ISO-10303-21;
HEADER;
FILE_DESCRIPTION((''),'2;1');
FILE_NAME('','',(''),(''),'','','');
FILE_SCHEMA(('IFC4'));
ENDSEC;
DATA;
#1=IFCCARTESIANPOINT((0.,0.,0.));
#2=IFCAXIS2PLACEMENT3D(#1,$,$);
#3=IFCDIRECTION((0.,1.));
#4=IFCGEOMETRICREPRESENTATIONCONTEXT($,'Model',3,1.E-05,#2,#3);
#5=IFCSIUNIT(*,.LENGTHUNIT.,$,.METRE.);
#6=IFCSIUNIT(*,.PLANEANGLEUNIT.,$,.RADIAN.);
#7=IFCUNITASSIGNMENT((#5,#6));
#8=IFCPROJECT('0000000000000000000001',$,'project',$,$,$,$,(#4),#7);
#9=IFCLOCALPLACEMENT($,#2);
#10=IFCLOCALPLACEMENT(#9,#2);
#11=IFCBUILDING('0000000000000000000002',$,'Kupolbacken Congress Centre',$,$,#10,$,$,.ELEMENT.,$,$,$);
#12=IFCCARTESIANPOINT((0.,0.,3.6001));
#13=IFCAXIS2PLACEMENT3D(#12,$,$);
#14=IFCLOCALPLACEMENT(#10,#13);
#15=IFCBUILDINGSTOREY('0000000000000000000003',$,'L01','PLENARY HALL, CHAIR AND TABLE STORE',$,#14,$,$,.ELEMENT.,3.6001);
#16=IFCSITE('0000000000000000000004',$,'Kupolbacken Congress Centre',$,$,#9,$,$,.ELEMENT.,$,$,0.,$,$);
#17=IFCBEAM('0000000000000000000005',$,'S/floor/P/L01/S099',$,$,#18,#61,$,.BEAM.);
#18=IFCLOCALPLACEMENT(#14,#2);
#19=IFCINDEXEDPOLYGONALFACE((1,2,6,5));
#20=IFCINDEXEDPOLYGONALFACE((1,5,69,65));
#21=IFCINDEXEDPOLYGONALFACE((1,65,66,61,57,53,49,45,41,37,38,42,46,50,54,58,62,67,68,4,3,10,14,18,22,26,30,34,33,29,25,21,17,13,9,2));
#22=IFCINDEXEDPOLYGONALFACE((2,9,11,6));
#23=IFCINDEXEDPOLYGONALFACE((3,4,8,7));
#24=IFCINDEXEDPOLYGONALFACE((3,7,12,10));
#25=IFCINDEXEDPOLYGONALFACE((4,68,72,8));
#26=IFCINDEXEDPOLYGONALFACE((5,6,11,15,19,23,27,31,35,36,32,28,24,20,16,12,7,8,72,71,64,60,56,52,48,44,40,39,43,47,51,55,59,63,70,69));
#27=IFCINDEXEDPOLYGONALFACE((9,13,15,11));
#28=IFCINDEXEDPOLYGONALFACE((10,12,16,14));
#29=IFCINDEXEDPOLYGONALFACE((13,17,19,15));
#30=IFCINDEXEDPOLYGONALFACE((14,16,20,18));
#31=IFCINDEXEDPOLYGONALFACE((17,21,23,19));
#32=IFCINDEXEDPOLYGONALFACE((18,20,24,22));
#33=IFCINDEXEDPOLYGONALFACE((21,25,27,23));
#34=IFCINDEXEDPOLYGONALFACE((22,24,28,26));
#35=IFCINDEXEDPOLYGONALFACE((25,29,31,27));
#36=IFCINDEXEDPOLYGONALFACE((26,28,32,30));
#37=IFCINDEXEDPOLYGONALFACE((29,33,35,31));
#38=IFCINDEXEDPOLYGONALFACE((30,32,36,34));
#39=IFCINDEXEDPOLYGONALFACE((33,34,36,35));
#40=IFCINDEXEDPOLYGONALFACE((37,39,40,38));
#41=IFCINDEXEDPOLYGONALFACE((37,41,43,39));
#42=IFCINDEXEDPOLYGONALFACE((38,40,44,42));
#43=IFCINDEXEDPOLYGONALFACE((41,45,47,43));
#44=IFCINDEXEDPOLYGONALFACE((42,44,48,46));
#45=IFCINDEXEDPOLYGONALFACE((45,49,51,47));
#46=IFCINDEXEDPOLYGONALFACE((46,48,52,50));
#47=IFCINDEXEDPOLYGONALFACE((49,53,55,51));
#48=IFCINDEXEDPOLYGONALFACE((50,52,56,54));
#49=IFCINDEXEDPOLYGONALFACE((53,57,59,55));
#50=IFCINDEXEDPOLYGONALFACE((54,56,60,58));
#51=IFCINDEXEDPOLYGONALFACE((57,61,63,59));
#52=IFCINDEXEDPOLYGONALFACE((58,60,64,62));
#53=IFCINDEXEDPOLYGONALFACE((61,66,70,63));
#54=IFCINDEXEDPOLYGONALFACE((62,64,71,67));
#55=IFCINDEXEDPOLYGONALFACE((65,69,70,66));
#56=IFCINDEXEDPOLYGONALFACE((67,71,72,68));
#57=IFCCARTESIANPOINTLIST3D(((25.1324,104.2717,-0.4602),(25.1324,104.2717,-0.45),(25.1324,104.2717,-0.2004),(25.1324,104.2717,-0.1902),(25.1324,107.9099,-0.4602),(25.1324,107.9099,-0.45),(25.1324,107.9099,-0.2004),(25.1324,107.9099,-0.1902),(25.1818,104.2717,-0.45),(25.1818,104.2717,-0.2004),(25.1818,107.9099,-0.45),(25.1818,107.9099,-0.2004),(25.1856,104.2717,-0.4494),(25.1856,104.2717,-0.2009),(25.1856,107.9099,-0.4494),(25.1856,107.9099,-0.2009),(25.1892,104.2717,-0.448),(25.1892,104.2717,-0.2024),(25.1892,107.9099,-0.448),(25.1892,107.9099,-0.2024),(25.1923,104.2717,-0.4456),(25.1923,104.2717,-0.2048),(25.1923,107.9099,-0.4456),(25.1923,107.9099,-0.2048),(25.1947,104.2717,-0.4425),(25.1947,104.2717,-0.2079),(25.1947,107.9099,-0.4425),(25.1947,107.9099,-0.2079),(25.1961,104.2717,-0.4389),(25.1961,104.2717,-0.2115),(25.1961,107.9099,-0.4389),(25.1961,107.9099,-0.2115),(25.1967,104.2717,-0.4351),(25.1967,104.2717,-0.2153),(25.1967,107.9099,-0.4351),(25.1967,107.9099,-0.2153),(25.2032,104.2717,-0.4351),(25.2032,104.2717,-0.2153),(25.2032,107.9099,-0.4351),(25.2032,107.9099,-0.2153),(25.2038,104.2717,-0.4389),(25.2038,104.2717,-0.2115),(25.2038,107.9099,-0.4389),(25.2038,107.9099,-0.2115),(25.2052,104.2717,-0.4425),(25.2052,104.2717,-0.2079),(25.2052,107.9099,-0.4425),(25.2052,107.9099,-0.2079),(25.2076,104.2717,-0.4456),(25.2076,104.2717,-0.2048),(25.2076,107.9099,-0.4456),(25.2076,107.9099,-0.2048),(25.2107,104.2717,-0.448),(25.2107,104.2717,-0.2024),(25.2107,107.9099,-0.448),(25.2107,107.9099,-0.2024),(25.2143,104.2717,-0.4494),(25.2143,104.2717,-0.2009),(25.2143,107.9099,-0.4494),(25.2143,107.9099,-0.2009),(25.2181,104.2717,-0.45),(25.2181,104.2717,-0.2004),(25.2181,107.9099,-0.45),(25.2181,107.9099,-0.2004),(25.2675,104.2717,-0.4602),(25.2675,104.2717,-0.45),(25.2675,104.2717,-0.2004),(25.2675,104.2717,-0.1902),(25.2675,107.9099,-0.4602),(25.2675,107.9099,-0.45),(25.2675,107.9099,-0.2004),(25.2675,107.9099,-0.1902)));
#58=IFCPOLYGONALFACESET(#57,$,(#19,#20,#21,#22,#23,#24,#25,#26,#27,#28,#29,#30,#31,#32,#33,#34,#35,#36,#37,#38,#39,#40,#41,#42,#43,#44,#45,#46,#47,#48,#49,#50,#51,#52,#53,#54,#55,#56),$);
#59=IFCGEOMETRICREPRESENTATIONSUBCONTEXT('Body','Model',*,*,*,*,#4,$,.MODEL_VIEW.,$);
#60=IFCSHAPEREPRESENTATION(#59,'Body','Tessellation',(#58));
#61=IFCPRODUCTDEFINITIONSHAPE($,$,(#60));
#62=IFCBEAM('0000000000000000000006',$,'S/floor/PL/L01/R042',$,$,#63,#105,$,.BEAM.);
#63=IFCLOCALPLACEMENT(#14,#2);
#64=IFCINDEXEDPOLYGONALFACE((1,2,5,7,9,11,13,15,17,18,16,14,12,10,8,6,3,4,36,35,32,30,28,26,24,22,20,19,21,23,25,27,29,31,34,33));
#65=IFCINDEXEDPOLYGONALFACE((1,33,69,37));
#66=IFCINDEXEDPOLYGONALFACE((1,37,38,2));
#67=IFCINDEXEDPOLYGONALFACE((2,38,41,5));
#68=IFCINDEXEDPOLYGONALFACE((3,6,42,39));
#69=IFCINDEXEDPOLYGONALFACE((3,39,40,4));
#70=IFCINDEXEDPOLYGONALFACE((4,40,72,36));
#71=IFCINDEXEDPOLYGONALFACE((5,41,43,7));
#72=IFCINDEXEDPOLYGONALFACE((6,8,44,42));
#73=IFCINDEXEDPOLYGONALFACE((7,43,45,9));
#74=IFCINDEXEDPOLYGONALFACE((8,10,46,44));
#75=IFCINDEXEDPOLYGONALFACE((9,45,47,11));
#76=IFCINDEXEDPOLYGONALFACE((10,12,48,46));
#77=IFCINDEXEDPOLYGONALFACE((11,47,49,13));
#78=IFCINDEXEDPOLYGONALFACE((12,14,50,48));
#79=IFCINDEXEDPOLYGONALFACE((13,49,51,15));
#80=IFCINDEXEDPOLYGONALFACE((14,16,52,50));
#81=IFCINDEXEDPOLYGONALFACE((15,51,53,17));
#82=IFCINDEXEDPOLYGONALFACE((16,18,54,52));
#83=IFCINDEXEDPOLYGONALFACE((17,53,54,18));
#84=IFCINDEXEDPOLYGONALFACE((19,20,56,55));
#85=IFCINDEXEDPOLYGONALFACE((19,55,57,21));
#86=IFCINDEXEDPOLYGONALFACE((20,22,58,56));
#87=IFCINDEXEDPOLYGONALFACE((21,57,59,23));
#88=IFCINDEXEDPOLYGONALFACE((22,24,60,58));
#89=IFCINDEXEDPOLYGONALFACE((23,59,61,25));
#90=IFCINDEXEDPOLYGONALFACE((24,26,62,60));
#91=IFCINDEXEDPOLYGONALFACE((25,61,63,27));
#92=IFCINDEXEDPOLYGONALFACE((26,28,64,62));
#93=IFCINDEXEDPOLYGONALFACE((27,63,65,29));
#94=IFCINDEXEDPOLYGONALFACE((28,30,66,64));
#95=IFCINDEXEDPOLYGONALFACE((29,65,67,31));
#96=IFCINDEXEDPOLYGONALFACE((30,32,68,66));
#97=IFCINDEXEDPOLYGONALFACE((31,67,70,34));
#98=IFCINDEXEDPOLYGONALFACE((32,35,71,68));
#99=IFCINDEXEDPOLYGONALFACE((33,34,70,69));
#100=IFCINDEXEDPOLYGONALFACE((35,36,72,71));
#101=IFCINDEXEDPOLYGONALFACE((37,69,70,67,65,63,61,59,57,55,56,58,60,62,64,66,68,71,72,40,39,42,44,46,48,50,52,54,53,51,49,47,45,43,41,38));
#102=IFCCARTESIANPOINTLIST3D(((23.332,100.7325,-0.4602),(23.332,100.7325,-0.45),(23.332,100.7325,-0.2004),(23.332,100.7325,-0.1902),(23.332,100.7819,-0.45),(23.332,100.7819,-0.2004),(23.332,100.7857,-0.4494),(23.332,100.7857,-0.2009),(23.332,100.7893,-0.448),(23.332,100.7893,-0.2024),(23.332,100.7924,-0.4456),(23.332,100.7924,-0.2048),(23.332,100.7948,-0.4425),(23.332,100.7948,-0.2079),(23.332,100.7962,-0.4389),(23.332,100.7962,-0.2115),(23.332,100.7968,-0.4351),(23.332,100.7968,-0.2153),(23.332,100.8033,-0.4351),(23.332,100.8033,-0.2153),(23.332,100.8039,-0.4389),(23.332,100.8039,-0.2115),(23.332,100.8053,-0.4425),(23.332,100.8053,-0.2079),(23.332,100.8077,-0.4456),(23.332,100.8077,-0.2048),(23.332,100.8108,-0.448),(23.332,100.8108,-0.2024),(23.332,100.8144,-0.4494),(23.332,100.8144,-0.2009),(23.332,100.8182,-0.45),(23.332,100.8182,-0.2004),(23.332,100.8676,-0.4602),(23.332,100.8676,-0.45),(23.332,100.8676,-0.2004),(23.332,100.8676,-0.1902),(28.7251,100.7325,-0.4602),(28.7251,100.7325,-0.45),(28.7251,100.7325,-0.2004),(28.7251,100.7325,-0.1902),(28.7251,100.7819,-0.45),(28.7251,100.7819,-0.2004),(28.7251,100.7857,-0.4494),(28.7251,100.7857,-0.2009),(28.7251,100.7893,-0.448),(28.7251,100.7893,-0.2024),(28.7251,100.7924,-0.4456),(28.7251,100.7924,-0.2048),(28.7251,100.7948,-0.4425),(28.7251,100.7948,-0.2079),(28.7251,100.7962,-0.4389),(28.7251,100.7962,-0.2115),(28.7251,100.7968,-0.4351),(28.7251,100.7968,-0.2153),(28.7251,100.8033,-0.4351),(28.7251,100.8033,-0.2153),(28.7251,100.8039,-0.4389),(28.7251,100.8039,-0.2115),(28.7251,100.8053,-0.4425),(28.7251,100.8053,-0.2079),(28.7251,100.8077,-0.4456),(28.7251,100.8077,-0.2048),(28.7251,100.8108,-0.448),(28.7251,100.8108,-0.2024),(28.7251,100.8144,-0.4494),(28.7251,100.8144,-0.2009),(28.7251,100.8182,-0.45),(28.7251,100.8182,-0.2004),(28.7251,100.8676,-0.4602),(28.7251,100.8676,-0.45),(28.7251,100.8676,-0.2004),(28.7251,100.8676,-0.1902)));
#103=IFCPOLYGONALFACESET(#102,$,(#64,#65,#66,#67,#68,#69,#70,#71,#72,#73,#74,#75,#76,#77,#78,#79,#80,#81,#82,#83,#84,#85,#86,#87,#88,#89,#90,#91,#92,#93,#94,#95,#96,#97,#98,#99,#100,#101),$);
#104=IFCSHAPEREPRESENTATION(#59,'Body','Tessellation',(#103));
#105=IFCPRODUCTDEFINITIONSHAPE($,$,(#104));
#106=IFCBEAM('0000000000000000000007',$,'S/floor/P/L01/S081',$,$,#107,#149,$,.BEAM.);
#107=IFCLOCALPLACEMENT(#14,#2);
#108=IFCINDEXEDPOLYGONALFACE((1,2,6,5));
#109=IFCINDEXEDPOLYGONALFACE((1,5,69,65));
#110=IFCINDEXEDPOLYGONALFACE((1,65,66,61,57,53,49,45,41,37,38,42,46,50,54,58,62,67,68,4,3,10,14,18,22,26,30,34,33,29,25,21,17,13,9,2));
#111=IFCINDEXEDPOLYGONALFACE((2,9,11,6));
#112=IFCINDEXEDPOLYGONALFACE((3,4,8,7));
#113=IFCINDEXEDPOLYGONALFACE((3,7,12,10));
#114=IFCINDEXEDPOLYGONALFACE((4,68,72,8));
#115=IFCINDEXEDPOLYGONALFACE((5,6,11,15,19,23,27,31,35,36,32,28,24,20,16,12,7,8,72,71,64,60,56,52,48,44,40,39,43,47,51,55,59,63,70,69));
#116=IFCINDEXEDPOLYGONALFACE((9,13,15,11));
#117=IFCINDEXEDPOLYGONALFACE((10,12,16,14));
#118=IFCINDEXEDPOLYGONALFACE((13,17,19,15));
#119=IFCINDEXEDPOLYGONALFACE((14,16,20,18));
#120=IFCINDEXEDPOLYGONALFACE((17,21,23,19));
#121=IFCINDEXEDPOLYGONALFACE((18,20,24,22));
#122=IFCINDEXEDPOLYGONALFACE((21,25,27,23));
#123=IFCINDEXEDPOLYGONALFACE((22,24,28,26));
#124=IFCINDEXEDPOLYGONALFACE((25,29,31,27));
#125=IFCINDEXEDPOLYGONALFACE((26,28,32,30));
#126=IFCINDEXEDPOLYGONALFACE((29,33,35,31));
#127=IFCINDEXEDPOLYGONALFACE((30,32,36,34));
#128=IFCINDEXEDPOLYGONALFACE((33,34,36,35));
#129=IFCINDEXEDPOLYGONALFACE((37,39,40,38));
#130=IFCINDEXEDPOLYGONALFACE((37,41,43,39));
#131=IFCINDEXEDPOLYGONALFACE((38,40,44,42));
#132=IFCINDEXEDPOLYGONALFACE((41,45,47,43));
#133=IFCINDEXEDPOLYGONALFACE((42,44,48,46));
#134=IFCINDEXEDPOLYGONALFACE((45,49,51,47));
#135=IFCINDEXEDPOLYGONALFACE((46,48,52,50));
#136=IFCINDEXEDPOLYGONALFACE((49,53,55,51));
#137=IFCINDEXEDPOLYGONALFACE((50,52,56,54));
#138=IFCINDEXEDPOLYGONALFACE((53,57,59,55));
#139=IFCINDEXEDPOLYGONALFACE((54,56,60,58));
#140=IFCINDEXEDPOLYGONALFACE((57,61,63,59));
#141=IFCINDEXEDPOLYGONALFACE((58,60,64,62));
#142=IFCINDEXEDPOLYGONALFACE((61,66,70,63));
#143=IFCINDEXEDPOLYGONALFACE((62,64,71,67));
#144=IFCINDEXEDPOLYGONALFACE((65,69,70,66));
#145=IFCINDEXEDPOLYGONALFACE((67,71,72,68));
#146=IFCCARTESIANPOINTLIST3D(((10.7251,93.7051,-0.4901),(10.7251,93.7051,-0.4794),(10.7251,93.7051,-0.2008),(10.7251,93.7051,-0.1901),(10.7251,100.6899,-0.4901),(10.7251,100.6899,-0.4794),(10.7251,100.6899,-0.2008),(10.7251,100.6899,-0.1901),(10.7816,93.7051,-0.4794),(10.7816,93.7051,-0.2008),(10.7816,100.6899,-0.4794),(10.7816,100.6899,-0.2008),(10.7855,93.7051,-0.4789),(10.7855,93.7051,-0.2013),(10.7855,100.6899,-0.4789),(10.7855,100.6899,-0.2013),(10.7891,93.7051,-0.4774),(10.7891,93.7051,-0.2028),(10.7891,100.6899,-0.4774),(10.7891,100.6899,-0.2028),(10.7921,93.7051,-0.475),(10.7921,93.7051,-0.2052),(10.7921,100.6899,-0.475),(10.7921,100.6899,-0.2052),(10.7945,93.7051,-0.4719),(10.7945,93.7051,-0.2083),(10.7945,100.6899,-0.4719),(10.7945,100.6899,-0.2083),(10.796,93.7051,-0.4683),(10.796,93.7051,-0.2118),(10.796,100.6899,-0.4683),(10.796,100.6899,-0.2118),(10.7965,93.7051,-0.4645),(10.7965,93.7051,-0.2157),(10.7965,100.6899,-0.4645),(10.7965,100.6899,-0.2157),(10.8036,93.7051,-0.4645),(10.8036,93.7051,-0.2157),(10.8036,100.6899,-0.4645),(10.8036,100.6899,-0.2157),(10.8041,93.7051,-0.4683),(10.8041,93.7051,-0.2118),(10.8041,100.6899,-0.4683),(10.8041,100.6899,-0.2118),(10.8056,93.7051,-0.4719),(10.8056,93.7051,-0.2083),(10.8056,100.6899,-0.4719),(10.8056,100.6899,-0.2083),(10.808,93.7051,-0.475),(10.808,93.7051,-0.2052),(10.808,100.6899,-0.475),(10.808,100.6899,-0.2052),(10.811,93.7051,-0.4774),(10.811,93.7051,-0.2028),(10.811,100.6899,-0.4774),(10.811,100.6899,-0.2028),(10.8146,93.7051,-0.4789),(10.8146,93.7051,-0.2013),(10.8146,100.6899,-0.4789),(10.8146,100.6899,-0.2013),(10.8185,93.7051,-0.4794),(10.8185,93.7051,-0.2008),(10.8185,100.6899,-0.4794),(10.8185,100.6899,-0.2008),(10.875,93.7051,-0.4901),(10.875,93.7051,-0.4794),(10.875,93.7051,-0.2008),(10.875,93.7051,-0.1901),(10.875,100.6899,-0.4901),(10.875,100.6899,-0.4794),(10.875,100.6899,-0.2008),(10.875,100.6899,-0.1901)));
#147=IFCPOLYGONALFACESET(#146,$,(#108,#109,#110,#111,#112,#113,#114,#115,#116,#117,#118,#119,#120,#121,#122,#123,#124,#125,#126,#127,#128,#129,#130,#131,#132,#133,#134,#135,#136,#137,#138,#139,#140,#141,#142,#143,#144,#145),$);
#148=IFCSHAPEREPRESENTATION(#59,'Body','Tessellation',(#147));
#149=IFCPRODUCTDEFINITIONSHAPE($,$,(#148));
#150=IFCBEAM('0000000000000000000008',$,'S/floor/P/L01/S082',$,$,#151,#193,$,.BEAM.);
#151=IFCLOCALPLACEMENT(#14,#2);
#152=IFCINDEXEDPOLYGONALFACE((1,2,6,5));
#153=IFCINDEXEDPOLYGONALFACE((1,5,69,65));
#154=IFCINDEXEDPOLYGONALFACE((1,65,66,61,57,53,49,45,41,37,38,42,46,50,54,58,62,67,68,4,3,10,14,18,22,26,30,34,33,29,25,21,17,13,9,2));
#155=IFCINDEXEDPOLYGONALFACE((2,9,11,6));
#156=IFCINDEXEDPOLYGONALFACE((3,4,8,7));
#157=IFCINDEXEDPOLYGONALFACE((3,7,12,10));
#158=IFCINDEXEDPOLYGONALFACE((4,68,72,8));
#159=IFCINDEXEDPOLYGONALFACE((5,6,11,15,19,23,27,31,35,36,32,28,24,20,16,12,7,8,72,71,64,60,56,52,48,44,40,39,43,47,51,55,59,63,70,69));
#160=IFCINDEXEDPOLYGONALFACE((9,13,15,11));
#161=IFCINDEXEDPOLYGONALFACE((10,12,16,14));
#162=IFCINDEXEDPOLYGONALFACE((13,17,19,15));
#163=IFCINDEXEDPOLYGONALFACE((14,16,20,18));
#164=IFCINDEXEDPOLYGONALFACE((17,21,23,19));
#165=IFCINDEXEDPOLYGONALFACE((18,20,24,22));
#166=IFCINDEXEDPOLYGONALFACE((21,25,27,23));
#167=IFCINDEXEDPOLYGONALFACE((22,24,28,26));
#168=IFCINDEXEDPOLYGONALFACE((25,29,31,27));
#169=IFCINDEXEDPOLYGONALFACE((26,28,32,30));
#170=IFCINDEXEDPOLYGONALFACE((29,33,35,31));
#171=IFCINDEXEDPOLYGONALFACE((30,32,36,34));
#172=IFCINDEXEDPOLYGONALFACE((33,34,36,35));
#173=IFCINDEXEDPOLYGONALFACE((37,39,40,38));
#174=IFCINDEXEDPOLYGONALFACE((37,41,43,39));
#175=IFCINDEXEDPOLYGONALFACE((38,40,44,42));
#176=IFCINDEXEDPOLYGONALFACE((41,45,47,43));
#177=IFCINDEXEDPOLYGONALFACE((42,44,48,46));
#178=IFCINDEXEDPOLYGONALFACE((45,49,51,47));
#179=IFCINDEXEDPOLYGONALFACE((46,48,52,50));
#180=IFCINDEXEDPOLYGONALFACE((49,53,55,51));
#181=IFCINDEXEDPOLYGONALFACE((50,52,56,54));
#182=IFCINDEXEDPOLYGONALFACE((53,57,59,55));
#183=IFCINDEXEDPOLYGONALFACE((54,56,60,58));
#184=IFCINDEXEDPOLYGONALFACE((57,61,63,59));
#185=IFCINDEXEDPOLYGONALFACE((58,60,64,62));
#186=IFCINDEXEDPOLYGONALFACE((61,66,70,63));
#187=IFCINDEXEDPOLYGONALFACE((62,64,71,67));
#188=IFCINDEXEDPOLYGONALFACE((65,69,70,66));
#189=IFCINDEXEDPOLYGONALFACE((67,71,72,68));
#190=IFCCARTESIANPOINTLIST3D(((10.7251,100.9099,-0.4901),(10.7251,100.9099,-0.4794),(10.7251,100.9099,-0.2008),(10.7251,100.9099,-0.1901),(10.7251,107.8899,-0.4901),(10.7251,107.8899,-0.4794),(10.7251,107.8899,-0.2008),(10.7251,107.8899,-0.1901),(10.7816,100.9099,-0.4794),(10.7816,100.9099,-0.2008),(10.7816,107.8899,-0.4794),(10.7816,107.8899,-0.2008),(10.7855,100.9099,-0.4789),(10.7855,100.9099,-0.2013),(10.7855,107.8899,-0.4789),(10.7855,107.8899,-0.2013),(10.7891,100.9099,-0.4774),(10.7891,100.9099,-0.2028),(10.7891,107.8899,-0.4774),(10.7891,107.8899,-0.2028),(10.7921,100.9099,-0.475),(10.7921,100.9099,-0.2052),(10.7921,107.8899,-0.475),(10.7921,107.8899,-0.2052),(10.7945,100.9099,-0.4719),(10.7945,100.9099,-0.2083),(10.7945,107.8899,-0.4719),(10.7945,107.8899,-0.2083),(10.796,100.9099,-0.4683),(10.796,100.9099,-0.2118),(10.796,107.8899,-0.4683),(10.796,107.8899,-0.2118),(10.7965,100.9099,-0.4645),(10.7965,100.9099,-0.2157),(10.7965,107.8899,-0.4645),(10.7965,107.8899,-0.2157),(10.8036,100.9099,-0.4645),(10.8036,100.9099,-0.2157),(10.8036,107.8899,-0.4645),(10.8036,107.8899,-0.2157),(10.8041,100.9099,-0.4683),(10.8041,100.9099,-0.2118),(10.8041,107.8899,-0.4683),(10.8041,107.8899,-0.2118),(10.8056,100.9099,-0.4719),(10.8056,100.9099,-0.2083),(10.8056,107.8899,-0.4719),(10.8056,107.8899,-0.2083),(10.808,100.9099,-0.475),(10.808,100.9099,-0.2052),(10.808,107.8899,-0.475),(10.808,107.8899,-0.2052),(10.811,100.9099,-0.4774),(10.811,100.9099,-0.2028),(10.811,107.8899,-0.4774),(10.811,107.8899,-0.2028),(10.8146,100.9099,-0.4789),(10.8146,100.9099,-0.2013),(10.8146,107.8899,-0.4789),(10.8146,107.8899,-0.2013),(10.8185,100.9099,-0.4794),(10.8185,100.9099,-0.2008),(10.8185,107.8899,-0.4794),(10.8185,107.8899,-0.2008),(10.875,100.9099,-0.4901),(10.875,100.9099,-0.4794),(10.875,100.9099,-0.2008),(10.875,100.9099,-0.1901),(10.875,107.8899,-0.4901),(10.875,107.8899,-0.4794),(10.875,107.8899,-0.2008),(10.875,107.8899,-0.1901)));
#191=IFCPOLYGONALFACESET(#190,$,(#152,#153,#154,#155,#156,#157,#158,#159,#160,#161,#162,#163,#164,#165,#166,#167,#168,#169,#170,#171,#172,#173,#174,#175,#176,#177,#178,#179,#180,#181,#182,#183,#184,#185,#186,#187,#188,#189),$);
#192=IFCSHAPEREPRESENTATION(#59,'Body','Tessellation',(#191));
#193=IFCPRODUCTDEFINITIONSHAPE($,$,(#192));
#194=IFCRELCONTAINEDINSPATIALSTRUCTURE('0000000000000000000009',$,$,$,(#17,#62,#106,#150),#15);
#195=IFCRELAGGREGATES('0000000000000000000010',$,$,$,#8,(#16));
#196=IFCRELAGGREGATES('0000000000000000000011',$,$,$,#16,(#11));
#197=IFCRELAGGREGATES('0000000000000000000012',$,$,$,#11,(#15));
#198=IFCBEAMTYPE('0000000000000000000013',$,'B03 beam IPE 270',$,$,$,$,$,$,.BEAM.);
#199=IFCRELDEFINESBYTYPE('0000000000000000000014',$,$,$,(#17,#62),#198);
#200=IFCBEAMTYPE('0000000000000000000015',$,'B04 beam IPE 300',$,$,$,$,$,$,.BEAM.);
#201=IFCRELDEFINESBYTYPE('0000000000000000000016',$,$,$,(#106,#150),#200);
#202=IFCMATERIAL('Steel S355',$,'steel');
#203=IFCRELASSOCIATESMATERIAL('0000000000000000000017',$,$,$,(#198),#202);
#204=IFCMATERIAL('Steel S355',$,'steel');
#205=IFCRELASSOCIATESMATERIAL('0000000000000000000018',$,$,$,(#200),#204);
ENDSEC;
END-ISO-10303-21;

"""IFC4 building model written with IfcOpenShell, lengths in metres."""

from ifc_helpers import new_model, si_unit, direction, frame, origin, origin_2d, place, context, subcontext, project, spatial, i_section, extrude, material, material_profile, profile_set, type_object, element, save


model = new_model("IFC4")

# Units and contexts
model_context = context("Model", 3, precision=1e-05, world=origin(), true_north=direction((0.0, 1.0)))
body_context = subcontext(model_context, "Body", "Model", "MODEL_VIEW")
ifc_project = project(units=[si_unit("LENGTHUNIT", "METRE"), si_unit("PLANEANGLEUNIT", "RADIAN")], contexts=[model_context])

# Site, building, storey
site_placement = place(None, origin())
site = spatial("IfcSite", under=ifc_project, at=site_placement, Name="Kupolbacken Congress Centre", CompositionType="ELEMENT", RefElevation=0.0)
building_placement = place(site_placement, origin())
building = spatial("IfcBuilding", under=site, at=building_placement, Name="Kupolbacken Congress Centre", CompositionType="ELEMENT")
storey_placement = place(building_placement, frame((0.0, 0.0, 3.6001)))
storey = spatial("IfcBuildingStorey", under=building, at=storey_placement, Name="L01", Description="PLENARY HALL, CHAIR AND TABLE STORE", CompositionType="ELEMENT", Elevation=3.6001)

# Beams
ifc_material_1 = material(Name="Steel S355", Category="steel")
ifc_material_profile_1 = material_profile(ifc_material_1, i_section(OverallWidth=0.135, OverallDepth=0.27, WebThickness=0.0066, FlangeThickness=0.0103, FilletRadius=0.0149, at=origin_2d()), Name="IPE 270")
ifc_profile_set_1 = profile_set([ifc_material_profile_1], Name="Steel S355")
beam_type_1 = type_object("IfcBeamType", Name="B03 beam IPE 270", PredefinedType="BEAM", material=ifc_profile_set_1)
beam_1_placement = place(storey_placement, frame((25.2, 104.2717, -0.3252), z_axis=(0.0, 1.0, 0.0), x_axis=(-1.0, 0.0, 0.0)))
element("IfcBeam", 1, at=beam_1_placement, inside=storey, type_object=beam_type_1, Name="S/floor/P/L01/S099", PredefinedType="BEAM", context=body_context, shape_type="SweptSolid", body=[
    extrude(i_section(OverallWidth=0.135, OverallDepth=0.27, WebThickness=0.0066, FlangeThickness=0.0103, FilletRadius=0.0149, at=origin_2d()), origin(), (0.0, 0.0, 1.0), 3.6382),
])
beam_2_placement = place(storey_placement, frame((23.332, 100.8, -0.3252), z_axis=(1.0, 0.0, 0.0), x_axis=(0.0, 1.0, 0.0)))
element("IfcBeam", 2, at=beam_2_placement, inside=storey, type_object=beam_type_1, Name="S/floor/PL/L01/R042", PredefinedType="BEAM", context=body_context, shape_type="SweptSolid", body=[
    extrude(i_section(OverallWidth=0.135, OverallDepth=0.27, WebThickness=0.0066, FlangeThickness=0.0103, FilletRadius=0.0149, at=origin_2d()), origin(), (0.0, 0.0, 1.0), 5.3931),
])
ifc_material_2 = material(Name="Steel S355", Category="steel")
ifc_material_profile_2 = material_profile(ifc_material_2, i_section(OverallWidth=0.1499, OverallDepth=0.3, WebThickness=0.0071, FlangeThickness=0.0107, FilletRadius=0.0149, at=origin_2d()), Name="IPE 300")
ifc_profile_set_2 = profile_set([ifc_material_profile_2], Name="Steel S355")
beam_type_2 = type_object("IfcBeamType", Name="B04 beam IPE 300", PredefinedType="BEAM", material=ifc_profile_set_2)
beam_3_placement = place(storey_placement, frame((10.8, 93.7051, -0.3401), z_axis=(0.0, 1.0, 0.0), x_axis=(-1.0, 0.0, 0.0)))
element("IfcBeam", 3, at=beam_3_placement, inside=storey, type_object=beam_type_2, Name="S/floor/P/L01/S081", PredefinedType="BEAM", context=body_context, shape_type="SweptSolid", body=[
    extrude(i_section(OverallWidth=0.1499, OverallDepth=0.3, WebThickness=0.0071, FlangeThickness=0.0107, FilletRadius=0.0149, at=origin_2d()), origin(), (0.0, 0.0, 1.0), 6.9849),
])
beam_4_placement = place(storey_placement, frame((10.8, 100.9099, -0.3401), z_axis=(0.0, 1.0, 0.0), x_axis=(-1.0, 0.0, 0.0)))
element("IfcBeam", 4, at=beam_4_placement, inside=storey, type_object=beam_type_2, Name="S/floor/P/L01/S082", PredefinedType="BEAM", context=body_context, shape_type="SweptSolid", body=[
    extrude(i_section(OverallWidth=0.1499, OverallDepth=0.3, WebThickness=0.0071, FlangeThickness=0.0107, FilletRadius=0.0149, at=origin_2d()), origin(), (0.0, 0.0, 1.0), 6.98),
])

save(model, "model.ifc")
